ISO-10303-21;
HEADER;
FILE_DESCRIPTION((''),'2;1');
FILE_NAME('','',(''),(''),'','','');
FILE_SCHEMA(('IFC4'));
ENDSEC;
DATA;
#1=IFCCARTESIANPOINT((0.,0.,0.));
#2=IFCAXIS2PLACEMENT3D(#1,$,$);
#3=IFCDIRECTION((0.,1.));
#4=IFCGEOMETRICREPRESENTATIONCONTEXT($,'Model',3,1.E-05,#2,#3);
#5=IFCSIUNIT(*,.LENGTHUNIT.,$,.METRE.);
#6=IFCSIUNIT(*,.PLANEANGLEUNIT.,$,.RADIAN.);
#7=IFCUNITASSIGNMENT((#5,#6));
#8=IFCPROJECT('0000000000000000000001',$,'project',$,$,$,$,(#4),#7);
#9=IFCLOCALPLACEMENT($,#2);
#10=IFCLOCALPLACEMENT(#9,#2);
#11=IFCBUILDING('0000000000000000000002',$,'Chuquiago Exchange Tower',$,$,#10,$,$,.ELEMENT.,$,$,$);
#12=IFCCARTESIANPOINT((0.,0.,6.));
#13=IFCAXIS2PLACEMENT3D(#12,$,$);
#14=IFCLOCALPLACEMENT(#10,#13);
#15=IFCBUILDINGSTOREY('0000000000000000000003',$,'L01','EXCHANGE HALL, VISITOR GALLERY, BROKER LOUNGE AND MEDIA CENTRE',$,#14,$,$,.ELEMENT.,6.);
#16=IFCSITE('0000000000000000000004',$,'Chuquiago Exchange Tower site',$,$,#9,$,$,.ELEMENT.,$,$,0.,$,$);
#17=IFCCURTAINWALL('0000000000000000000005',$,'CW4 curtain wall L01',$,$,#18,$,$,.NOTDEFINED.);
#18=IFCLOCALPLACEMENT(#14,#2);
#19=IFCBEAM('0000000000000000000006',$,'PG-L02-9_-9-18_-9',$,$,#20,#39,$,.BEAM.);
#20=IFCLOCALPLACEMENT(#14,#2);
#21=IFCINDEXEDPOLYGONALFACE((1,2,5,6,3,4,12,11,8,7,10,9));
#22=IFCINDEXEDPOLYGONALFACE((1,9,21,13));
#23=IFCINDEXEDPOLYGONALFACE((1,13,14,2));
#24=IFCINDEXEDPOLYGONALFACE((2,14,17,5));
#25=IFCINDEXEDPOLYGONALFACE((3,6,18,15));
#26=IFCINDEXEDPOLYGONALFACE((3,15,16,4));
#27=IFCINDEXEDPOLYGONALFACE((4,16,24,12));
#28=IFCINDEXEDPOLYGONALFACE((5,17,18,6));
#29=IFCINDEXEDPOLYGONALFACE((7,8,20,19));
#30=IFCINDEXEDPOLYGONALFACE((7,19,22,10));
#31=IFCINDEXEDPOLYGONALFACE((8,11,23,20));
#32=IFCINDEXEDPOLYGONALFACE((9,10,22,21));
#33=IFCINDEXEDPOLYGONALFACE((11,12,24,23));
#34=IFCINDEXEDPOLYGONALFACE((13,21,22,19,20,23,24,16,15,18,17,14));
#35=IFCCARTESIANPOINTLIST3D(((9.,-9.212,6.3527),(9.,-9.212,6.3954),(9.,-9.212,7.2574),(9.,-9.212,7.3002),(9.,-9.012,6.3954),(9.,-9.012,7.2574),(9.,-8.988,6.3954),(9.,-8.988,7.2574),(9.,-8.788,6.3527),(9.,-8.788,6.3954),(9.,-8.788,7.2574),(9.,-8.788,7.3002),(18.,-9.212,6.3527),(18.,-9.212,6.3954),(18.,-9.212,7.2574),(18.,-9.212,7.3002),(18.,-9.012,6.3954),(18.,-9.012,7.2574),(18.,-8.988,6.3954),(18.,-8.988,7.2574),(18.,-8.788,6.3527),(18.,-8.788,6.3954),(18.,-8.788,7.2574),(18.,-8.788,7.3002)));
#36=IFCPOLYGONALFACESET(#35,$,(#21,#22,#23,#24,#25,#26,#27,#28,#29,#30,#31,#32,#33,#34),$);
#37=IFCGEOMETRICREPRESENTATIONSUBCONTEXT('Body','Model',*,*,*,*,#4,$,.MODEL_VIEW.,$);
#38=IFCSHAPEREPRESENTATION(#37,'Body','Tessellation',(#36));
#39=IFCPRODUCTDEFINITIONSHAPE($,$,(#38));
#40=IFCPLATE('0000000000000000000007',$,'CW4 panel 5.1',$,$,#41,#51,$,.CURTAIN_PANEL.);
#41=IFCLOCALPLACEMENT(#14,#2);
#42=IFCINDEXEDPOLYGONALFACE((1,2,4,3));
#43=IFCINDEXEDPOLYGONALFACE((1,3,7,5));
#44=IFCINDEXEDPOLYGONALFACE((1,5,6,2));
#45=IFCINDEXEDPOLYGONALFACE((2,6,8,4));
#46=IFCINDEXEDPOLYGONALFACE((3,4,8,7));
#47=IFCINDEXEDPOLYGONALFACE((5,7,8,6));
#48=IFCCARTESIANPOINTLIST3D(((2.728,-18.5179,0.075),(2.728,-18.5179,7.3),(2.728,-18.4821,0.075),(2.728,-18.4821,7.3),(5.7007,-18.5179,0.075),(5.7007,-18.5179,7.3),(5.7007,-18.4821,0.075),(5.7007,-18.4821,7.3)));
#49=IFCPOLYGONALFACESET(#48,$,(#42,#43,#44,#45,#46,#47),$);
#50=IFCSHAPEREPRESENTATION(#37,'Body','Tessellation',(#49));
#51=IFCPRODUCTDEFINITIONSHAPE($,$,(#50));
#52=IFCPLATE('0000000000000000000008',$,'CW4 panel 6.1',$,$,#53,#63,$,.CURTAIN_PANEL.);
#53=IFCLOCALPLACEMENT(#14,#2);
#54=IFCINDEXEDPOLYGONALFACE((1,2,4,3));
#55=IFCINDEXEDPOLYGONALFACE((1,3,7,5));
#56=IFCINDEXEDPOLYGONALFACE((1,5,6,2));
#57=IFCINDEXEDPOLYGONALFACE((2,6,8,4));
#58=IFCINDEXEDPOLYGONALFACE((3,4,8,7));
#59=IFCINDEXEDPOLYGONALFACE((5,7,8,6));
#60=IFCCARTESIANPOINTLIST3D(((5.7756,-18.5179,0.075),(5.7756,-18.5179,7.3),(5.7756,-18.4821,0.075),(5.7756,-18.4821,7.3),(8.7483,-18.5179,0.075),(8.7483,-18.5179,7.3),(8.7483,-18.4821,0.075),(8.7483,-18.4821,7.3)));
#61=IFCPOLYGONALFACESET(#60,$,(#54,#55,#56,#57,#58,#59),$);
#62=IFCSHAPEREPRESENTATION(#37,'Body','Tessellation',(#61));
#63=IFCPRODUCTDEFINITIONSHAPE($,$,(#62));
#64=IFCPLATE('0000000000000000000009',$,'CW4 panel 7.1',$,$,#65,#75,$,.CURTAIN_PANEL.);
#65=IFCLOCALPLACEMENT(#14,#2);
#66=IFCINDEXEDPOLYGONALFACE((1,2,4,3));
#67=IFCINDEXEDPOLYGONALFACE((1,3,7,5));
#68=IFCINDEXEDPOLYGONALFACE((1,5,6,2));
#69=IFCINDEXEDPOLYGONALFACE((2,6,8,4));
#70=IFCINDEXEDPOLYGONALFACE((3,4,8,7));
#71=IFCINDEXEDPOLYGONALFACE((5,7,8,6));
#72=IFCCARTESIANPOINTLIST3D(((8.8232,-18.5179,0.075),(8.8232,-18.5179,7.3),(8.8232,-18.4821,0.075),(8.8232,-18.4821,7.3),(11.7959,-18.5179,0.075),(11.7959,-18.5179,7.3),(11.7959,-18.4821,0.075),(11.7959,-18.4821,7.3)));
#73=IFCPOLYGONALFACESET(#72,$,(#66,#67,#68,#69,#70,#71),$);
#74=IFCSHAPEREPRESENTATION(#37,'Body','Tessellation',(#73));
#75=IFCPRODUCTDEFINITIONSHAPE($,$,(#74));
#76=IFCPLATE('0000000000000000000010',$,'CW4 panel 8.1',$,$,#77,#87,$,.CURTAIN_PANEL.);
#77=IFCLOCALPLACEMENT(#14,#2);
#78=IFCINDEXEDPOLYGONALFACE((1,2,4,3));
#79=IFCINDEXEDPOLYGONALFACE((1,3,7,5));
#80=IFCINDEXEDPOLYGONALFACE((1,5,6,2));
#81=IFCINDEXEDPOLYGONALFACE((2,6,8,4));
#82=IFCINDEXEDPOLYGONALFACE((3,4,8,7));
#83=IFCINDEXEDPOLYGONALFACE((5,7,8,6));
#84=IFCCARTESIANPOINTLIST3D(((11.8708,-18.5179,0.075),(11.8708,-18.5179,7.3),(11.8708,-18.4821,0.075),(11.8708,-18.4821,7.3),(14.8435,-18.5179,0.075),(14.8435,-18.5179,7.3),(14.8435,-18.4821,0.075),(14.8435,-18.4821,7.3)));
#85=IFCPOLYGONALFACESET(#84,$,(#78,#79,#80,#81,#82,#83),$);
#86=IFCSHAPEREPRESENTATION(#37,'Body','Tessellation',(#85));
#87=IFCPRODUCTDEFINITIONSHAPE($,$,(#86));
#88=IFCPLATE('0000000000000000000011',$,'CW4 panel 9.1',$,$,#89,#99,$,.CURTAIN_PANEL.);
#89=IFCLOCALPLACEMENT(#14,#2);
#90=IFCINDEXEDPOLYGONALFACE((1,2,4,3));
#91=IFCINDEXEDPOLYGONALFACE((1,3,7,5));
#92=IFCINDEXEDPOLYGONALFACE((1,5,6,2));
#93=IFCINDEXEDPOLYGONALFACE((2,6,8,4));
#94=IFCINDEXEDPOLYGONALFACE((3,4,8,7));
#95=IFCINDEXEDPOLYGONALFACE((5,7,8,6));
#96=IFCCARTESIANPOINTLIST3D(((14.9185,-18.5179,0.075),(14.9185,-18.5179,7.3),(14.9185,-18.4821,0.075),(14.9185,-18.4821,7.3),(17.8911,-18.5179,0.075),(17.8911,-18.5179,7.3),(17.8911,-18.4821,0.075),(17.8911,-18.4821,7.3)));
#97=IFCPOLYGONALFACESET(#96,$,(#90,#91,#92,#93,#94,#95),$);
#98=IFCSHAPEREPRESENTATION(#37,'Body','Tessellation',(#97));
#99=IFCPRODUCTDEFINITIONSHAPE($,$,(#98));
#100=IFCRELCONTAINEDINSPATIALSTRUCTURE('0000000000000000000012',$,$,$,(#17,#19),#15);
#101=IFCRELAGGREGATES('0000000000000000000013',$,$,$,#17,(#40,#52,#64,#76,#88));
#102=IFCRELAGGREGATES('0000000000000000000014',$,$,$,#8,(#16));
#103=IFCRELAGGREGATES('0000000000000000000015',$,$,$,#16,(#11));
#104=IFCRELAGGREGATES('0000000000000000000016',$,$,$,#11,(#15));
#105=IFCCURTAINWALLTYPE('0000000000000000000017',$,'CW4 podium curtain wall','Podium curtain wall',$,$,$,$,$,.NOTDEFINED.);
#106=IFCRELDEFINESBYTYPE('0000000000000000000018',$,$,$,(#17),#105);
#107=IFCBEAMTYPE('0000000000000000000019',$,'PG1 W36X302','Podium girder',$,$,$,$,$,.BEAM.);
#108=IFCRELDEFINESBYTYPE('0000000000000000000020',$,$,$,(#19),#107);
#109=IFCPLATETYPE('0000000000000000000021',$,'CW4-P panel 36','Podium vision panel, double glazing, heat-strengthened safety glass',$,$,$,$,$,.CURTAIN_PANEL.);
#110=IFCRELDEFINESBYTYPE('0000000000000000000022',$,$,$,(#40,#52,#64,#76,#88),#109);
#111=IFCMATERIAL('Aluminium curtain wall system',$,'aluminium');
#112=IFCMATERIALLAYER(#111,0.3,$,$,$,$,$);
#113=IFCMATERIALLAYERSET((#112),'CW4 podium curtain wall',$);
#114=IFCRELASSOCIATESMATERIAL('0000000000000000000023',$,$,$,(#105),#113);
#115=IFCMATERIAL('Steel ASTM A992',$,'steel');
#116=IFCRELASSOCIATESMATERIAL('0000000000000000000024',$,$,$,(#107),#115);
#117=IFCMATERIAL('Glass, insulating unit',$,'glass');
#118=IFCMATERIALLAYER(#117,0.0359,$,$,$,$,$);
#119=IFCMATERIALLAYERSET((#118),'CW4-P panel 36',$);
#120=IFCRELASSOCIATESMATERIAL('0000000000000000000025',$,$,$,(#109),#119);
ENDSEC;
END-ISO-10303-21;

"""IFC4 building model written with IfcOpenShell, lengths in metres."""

from ifc_helpers import new_model, si_unit, direction, frame, origin, origin_2d, place, context, subcontext, project, spatial, rectangle, i_section, extrude, material, layer, layer_set, material_profile, profile_set, type_object, element, aggregate, save


model = new_model("IFC4")

# Units and contexts
model_context = context("Model", 3, precision=1e-05, world=origin(), true_north=direction((0.0, 1.0)))
body_context = subcontext(model_context, "Body", "Model", "MODEL_VIEW")
ifc_project = project(units=[si_unit("LENGTHUNIT", "METRE"), si_unit("PLANEANGLEUNIT", "RADIAN")], contexts=[model_context])

# Site, building, storey
site_placement = place(None, origin())
site = spatial("IfcSite", under=ifc_project, at=site_placement, Name="Chuquiago Exchange Tower site", CompositionType="ELEMENT", RefElevation=0.0)
building_placement = place(site_placement, origin())
building = spatial("IfcBuilding", under=site, at=building_placement, Name="Chuquiago Exchange Tower", CompositionType="ELEMENT")
storey_placement = place(building_placement, frame((0.0, 0.0, 6.0)))
storey = spatial("IfcBuildingStorey", under=building, at=storey_placement, Name="L01", Description="EXCHANGE HALL, VISITOR GALLERY, BROKER LOUNGE AND MEDIA CENTRE", CompositionType="ELEMENT", Elevation=6.0)

# Curtain wall
ifc_material_1 = material(Name="Aluminium curtain wall system", Category="aluminium")
ifc_layer_1 = layer(ifc_material_1, 0.3)
ifc_layer_set_1 = layer_set([ifc_layer_1], Name="CW4 podium curtain wall")
curtain_wall_type = type_object("IfcCurtainWallType", Name="CW4 podium curtain wall", Description="Podium curtain wall", PredefinedType="NOTDEFINED", material=ifc_layer_set_1)
curtain_wall_placement = place(storey_placement, origin())
curtain_wall = element("IfcCurtainWall", 1, at=curtain_wall_placement, inside=storey, type_object=curtain_wall_type, Name="CW4 curtain wall L01", PredefinedType="NOTDEFINED")

# Beam
ifc_material_2 = material(Name="Steel ASTM A992", Category="steel")
ifc_material_profile_1 = material_profile(ifc_material_2, i_section(OverallWidth=0.4241, OverallDepth=0.9475, WebThickness=0.0239, FlangeThickness=0.0427, at=origin_2d()), Name="W36X302")
ifc_profile_set_1 = profile_set([ifc_material_profile_1], Name="Steel ASTM A992")
beam_type_1 = type_object("IfcBeamType", Name="PG1 W36X302", Description="Podium girder", PredefinedType="BEAM", material=ifc_profile_set_1)
for number, where, z_axis, x_axis, name in (
    (2, (9.0, -9.0, 6.8264), (1.0, 0.0, 0.0), (0.0, 1.0, 0.0), "PG-L02-9_-9-18_-9"),
):
    element("IfcBeam", number, at=place(storey_placement, frame(where, z_axis=z_axis, x_axis=x_axis)), inside=storey, type_object=beam_type_1, Name=name, PredefinedType="BEAM", context=body_context, shape_type="SweptSolid", body=[
        extrude(i_section(OverallWidth=0.4241, OverallDepth=0.9475, WebThickness=0.0239, FlangeThickness=0.0427, at=origin_2d()), origin(), (0.0, 0.0, 1.0), 9.0),
    ])

# Plates
ifc_material_3 = material(Name="Glass, insulating unit", Category="glass")
ifc_layer_2 = layer(ifc_material_3, 0.0359)
ifc_layer_set_2 = layer_set([ifc_layer_2], Name="CW4-P panel 36")
plate_type = type_object("IfcPlateType", Name="CW4-P panel 36", Description="Podium vision panel, double glazing, heat-strengthened safety glass", PredefinedType="CURTAIN_PANEL", material=ifc_layer_set_2)
plate_1_placement = place(storey_placement, frame((4.2144, -18.5, 0.075), z_axis=(0.0, 0.0, 1.0), x_axis=(1.0, 0.0, 0.0)))
plate_1 = element("IfcPlate", 3, at=plate_1_placement, type_object=plate_type, Name="CW4 panel 5.1", PredefinedType="CURTAIN_PANEL", context=body_context, shape_type="SweptSolid", body=[
    extrude(rectangle(XDim=2.9727, YDim=0.0359, at=origin_2d()), origin(), (0.0, 0.0, 1.0), 7.2251),
])
plate_2_placement = place(storey_placement, frame((7.262, -18.5, 0.075), z_axis=(0.0, 0.0, 1.0), x_axis=(1.0, 0.0, 0.0)))
plate_2 = element("IfcPlate", 4, at=plate_2_placement, type_object=plate_type, Name="CW4 panel 6.1", PredefinedType="CURTAIN_PANEL", context=body_context, shape_type="SweptSolid", body=[
    extrude(rectangle(XDim=2.9727, YDim=0.0359, at=origin_2d()), origin(), (0.0, 0.0, 1.0), 7.2251),
])
plate_3_placement = place(storey_placement, frame((10.3096, -18.5, 0.075), z_axis=(0.0, 0.0, 1.0), x_axis=(1.0, 0.0, 0.0)))
plate_3 = element("IfcPlate", 5, at=plate_3_placement, type_object=plate_type, Name="CW4 panel 7.1", PredefinedType="CURTAIN_PANEL", context=body_context, shape_type="SweptSolid", body=[
    extrude(rectangle(XDim=2.9727, YDim=0.0359, at=origin_2d()), origin(), (0.0, 0.0, 1.0), 7.2251),
])
plate_4_placement = place(storey_placement, frame((13.3572, -18.5, 0.075), z_axis=(0.0, 0.0, 1.0), x_axis=(1.0, 0.0, 0.0)))
plate_4 = element("IfcPlate", 6, at=plate_4_placement, type_object=plate_type, Name="CW4 panel 8.1", PredefinedType="CURTAIN_PANEL", context=body_context, shape_type="SweptSolid", body=[
    extrude(rectangle(XDim=2.9727, YDim=0.0359, at=origin_2d()), origin(), (0.0, 0.0, 1.0), 7.2251),
])
plate_5_placement = place(storey_placement, frame((16.4048, -18.5, 0.075), z_axis=(0.0, 0.0, 1.0), x_axis=(1.0, 0.0, 0.0)))
plate_5 = element("IfcPlate", 7, at=plate_5_placement, type_object=plate_type, Name="CW4 panel 9.1", PredefinedType="CURTAIN_PANEL", context=body_context, shape_type="SweptSolid", body=[
    extrude(rectangle(XDim=2.9727, YDim=0.0359, at=origin_2d()), origin(), (0.0, 0.0, 1.0), 7.2251),
])
aggregate(curtain_wall, [plate_1, plate_2, plate_3, plate_4, plate_5])

save(model, "model.ifc")
